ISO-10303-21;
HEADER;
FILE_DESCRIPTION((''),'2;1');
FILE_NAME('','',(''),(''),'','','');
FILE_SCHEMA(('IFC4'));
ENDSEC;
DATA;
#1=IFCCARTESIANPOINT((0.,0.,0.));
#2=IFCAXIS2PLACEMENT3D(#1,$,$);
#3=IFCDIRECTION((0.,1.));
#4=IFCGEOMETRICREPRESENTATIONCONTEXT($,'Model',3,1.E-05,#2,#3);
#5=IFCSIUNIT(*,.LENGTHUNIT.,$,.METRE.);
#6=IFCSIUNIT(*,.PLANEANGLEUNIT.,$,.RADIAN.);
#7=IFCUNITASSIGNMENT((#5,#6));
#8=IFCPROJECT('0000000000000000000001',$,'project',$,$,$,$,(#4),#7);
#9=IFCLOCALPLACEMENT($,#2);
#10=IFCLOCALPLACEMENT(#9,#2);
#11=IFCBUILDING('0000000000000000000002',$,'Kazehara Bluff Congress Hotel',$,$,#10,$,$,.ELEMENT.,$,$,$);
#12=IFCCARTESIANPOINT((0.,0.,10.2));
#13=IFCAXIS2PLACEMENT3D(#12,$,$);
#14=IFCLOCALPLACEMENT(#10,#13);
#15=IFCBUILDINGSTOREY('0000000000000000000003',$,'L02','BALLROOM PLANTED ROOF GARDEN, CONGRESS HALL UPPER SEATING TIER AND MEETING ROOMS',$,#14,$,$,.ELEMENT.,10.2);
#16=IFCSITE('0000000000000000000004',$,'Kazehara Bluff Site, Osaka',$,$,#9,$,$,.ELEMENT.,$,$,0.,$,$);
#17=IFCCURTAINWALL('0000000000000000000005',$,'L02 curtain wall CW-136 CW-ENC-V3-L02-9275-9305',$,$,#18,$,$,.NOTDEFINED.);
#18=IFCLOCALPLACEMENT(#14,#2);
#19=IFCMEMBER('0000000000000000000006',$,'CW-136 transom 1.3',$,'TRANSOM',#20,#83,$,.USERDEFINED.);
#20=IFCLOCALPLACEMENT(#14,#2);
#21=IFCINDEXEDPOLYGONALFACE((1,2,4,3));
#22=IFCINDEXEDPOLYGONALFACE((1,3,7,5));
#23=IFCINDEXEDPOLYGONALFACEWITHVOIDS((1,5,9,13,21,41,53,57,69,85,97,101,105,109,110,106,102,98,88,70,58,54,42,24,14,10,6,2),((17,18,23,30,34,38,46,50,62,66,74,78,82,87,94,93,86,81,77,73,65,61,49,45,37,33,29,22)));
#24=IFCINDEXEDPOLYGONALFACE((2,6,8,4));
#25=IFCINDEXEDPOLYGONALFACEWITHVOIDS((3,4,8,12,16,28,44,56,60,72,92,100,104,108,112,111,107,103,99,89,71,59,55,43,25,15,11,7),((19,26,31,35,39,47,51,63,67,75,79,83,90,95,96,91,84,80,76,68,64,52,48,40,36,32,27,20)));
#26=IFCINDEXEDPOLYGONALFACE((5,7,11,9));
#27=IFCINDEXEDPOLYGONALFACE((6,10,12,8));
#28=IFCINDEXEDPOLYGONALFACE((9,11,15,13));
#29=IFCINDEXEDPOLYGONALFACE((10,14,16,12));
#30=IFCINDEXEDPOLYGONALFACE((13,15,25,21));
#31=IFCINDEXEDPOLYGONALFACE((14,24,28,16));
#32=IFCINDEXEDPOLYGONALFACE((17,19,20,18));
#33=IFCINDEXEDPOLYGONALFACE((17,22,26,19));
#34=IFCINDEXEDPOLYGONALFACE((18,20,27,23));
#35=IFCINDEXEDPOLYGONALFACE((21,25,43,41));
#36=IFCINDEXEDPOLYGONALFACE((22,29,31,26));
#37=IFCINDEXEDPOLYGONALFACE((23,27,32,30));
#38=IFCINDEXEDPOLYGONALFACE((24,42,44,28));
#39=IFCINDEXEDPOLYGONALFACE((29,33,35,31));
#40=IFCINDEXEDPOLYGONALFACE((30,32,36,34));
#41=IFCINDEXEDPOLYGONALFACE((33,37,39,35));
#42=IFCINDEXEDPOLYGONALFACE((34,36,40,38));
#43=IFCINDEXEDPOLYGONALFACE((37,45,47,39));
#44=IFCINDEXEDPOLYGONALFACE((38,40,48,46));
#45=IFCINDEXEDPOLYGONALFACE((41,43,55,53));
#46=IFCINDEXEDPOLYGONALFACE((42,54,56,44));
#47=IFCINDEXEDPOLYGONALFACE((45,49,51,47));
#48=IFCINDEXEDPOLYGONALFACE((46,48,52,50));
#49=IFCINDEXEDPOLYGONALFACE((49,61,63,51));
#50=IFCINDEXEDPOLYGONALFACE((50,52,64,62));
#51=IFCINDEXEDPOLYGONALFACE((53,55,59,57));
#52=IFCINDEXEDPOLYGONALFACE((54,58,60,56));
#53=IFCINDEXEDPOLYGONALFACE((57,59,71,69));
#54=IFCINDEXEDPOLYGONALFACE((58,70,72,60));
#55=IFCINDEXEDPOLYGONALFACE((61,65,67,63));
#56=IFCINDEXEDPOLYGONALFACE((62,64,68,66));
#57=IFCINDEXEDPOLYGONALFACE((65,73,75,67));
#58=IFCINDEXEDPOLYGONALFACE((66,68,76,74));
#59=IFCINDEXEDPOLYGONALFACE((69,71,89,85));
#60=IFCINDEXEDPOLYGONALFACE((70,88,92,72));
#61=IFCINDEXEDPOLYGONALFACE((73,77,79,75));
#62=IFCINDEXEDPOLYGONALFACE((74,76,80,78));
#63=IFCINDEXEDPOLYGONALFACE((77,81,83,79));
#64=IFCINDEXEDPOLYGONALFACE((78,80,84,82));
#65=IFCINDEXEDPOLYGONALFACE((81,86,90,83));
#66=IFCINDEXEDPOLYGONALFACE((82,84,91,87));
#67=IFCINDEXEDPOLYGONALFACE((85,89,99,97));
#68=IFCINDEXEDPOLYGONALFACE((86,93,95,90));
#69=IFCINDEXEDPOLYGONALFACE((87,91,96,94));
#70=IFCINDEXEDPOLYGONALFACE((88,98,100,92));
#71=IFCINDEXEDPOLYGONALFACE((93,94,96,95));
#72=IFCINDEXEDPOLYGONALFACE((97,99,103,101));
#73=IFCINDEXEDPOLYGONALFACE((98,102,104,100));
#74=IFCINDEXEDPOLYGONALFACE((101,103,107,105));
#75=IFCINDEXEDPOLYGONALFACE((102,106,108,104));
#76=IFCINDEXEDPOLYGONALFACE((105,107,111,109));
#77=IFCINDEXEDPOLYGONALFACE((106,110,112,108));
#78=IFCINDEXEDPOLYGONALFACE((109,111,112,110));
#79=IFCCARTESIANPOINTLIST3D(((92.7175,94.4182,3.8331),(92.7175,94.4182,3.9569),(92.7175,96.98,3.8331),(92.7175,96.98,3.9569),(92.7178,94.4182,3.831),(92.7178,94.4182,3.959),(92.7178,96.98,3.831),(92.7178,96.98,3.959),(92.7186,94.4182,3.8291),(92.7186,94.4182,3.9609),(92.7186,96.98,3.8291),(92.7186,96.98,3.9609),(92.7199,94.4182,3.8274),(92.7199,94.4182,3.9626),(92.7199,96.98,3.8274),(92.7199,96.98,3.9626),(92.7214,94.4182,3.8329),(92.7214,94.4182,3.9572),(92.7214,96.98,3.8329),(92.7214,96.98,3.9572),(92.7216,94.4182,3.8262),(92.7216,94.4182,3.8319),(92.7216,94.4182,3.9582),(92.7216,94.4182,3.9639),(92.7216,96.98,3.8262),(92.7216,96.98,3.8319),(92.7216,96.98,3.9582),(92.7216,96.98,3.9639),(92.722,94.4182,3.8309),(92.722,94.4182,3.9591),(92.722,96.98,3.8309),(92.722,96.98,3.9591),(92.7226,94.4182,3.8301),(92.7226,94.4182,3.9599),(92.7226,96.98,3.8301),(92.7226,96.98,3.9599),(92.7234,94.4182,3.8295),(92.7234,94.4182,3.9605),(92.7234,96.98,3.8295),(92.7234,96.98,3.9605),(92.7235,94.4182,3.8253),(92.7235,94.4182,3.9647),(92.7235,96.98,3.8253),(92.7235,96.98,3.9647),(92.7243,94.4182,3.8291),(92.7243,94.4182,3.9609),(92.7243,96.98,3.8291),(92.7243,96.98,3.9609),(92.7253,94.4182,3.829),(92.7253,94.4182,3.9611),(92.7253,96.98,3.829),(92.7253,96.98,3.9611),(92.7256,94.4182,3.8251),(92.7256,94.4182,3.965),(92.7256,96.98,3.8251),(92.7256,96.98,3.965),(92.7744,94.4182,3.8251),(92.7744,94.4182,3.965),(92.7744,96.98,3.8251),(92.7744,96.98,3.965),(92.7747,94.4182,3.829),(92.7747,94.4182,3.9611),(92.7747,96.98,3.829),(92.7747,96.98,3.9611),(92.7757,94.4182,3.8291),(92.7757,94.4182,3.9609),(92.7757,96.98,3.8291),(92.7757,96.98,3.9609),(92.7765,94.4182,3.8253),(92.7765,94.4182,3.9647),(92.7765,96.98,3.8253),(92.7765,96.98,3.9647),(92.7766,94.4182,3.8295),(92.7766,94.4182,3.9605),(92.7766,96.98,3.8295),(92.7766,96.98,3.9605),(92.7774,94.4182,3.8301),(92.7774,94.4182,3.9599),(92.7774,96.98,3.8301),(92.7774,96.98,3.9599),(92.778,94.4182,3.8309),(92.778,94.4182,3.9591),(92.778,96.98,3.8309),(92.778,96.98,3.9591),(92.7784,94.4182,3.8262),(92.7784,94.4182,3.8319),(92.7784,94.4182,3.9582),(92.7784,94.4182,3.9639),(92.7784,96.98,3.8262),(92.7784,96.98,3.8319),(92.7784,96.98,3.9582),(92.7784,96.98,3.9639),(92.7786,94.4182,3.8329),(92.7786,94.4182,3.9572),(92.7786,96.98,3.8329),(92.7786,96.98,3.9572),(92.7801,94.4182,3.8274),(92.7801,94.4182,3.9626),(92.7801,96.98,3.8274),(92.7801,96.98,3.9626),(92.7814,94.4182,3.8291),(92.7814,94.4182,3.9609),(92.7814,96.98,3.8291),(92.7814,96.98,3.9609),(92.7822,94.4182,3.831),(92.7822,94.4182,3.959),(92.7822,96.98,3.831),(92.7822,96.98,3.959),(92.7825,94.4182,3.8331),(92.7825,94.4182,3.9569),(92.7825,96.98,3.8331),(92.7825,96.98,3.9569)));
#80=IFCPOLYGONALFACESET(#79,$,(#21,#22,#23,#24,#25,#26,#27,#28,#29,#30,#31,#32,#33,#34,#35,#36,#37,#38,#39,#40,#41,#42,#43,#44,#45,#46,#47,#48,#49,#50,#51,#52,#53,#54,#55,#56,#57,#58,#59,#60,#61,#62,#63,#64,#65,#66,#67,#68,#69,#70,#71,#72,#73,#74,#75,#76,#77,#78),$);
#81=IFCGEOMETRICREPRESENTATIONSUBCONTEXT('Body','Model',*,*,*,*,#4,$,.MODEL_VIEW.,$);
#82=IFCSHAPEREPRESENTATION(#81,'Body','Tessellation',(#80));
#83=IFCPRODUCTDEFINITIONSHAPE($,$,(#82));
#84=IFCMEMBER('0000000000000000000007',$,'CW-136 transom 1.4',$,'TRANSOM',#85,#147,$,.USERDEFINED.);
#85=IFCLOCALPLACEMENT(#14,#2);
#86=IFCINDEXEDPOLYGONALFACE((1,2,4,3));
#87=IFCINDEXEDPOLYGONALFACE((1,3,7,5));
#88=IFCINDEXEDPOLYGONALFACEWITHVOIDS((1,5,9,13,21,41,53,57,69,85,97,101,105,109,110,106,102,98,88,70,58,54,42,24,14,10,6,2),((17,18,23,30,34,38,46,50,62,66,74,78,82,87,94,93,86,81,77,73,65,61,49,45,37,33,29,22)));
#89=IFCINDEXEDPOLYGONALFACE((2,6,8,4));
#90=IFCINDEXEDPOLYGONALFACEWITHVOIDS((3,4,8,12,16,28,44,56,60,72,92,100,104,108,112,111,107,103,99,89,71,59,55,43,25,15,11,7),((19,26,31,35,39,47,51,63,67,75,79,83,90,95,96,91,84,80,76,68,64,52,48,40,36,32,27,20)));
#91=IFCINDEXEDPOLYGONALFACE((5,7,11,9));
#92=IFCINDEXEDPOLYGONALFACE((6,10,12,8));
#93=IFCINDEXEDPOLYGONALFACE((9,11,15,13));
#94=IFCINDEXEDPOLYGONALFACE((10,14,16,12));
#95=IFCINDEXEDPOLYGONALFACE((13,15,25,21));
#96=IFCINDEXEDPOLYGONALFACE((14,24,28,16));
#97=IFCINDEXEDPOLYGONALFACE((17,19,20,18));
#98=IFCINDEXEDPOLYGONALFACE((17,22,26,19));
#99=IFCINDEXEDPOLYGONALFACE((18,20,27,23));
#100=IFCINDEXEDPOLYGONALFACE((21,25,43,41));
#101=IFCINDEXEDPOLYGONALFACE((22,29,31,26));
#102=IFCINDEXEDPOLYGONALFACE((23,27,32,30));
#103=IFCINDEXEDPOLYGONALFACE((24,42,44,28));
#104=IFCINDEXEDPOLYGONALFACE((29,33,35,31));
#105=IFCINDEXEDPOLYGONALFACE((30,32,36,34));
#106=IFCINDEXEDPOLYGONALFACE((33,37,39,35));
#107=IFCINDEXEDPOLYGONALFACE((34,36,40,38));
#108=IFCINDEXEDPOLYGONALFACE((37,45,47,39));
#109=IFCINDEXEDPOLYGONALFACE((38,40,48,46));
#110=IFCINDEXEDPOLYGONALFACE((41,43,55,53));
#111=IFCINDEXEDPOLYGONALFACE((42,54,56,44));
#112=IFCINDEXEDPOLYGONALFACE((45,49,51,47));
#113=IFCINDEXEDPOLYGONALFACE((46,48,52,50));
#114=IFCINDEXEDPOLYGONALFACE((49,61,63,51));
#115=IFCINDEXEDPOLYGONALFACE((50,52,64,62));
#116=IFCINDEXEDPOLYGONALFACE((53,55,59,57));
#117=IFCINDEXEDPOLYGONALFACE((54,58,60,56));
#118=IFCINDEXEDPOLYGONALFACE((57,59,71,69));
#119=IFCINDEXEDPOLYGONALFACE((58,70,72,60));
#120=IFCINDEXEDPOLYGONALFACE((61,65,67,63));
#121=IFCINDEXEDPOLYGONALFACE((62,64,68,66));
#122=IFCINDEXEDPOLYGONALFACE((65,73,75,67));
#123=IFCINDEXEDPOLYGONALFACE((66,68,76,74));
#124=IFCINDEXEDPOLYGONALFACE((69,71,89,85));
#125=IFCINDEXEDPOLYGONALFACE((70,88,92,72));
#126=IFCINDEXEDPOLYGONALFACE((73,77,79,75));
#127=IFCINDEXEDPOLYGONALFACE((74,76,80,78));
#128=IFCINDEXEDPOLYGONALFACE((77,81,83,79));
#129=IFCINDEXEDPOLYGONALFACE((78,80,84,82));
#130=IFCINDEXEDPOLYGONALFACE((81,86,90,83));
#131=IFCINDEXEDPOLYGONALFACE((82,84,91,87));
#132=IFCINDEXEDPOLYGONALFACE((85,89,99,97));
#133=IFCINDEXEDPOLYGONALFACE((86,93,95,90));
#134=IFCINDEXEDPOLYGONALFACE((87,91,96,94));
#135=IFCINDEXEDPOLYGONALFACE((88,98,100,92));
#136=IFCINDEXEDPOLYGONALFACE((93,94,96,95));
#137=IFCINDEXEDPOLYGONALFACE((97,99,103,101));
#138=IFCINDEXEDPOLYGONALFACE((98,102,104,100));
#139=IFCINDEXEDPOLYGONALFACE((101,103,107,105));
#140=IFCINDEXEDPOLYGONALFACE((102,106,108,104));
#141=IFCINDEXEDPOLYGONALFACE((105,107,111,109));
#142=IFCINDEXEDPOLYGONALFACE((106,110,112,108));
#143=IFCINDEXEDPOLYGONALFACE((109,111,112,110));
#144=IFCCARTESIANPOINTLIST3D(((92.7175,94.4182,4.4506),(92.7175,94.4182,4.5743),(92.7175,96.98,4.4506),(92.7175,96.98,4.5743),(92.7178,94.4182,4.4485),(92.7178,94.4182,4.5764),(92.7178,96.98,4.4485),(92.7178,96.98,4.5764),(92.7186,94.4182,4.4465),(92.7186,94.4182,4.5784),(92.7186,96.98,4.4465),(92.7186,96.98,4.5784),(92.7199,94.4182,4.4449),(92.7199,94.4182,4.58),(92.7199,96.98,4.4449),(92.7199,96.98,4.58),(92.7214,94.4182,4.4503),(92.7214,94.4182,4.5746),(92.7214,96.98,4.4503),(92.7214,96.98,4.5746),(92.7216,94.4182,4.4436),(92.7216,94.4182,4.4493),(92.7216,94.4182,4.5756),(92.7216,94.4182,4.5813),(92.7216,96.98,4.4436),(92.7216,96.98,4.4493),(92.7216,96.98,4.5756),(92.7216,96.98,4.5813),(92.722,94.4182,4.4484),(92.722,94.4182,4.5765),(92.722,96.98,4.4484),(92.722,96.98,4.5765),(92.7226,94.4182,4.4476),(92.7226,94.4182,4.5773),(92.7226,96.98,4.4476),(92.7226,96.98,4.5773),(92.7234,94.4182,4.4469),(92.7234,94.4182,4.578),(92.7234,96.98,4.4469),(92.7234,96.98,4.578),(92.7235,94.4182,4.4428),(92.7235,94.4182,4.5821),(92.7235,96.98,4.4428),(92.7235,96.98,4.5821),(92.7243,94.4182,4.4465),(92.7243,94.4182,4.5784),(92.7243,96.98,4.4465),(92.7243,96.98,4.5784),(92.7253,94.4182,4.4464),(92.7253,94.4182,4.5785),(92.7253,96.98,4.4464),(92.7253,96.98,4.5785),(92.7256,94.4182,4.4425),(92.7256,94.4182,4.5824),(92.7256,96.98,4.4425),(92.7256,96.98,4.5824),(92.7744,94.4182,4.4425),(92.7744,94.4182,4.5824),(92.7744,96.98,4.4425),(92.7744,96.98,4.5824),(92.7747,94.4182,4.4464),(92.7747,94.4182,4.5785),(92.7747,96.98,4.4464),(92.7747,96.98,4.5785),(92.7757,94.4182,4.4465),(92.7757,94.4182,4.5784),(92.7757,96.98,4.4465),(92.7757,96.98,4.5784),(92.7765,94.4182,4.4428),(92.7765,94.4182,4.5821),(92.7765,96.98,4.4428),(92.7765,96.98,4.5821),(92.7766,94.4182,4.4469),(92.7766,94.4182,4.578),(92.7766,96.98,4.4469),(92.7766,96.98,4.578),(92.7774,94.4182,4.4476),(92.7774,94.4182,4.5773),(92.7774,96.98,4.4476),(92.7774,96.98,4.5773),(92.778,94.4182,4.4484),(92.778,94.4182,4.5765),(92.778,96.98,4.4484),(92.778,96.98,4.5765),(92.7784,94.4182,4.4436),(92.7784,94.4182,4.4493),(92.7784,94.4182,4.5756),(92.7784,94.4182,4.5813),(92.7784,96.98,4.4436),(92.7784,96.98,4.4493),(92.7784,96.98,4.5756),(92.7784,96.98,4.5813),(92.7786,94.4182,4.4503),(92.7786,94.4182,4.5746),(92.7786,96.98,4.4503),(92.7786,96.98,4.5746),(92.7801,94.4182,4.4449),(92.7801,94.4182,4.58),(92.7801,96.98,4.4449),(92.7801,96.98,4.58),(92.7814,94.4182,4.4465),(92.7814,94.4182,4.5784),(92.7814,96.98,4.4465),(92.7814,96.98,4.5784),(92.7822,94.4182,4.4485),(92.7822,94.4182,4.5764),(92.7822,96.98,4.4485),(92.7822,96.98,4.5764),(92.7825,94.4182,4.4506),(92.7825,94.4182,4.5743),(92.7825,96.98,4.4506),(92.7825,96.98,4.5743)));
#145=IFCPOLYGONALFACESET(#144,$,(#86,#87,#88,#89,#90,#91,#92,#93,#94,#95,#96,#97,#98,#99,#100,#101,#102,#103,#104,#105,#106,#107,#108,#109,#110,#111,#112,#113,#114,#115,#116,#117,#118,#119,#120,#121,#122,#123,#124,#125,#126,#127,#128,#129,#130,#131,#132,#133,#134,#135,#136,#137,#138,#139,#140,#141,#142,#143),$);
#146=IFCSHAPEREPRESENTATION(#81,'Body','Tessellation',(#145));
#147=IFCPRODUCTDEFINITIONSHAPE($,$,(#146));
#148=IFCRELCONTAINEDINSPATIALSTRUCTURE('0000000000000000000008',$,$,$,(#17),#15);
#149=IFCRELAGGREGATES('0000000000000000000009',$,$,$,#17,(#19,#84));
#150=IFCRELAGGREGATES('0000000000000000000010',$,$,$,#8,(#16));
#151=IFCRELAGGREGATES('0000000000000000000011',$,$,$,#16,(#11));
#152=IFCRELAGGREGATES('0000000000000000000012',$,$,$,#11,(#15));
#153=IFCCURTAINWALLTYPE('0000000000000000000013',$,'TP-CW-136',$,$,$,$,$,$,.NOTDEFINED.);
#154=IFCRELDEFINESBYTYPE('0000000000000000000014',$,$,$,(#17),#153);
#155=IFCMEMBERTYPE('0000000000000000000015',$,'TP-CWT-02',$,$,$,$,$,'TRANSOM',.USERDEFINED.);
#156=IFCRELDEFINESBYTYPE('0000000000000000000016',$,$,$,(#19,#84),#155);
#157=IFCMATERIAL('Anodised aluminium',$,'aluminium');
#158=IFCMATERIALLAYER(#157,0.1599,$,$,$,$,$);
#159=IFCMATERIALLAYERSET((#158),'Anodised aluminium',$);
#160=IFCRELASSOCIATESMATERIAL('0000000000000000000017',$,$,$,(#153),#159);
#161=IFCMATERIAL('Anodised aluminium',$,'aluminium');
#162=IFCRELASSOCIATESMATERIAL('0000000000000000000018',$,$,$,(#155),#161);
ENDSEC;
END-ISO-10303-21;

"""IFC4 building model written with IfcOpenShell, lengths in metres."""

from ifc_helpers import new_model, si_unit, direction, frame, origin, origin_2d, place, context, subcontext, project, spatial, hollow_rectangle, extrude, material, layer, layer_set, material_profile, profile_set, type_object, element, aggregate, save


model = new_model("IFC4")

# Units and contexts
model_context = context("Model", 3, precision=1e-05, world=origin(), true_north=direction((0.0, 1.0)))
body_context = subcontext(model_context, "Body", "Model", "MODEL_VIEW")
ifc_project = project(units=[si_unit("LENGTHUNIT", "METRE"), si_unit("PLANEANGLEUNIT", "RADIAN")], contexts=[model_context])

# Site, building, storey
site_placement = place(None, origin())
site = spatial("IfcSite", under=ifc_project, at=site_placement, Name="Kazehara Bluff Site, Osaka", CompositionType="ELEMENT", RefElevation=0.0)
building_placement = place(site_placement, origin())
building = spatial("IfcBuilding", under=site, at=building_placement, Name="Kazehara Bluff Congress Hotel", CompositionType="ELEMENT")
storey_placement = place(building_placement, frame((0.0, 0.0, 10.2)))
storey = spatial("IfcBuildingStorey", under=building, at=storey_placement, Name="L02", Description="BALLROOM PLANTED ROOF GARDEN, CONGRESS HALL UPPER SEATING TIER AND MEETING ROOMS", CompositionType="ELEMENT", Elevation=10.2)

# Curtain wall
ifc_material_1 = material(Name="Anodised aluminium", Category="aluminium")
ifc_layer_1 = layer(ifc_material_1, 0.1599)
ifc_layer_set_1 = layer_set([ifc_layer_1], Name="Anodised aluminium")
curtain_wall_type_1 = type_object("IfcCurtainWallType", Name="TP-CW-136", PredefinedType="NOTDEFINED", material=ifc_layer_set_1)
curtain_wall_1_placement = place(storey_placement, origin())
curtain_wall_1 = element("IfcCurtainWall", 1, at=curtain_wall_1_placement, inside=storey, type_object=curtain_wall_type_1, Name="L02 curtain wall CW-136 CW-ENC-V3-L02-9275-9305", PredefinedType="NOTDEFINED")

# Members
ifc_material_2 = material(Name="Anodised aluminium", Category="aluminium")
ifc_material_profile_1 = material_profile(ifc_material_2, hollow_rectangle(XDim=0.0649, YDim=0.1399, WallThickness=0.0039, InnerFilletRadius=0.0039, OuterFilletRadius=0.0081, at=origin_2d()))
ifc_profile_set_1 = profile_set([ifc_material_profile_1], Name="Anodised aluminium")
member_type_1 = type_object("IfcMemberType", Name="TP-CWT-02", ElementType="TRANSOM", PredefinedType="USERDEFINED", material=ifc_profile_set_1)
member_1_placement = place(storey_placement, frame((92.75, 96.98, 3.895), z_axis=(0.0, -1.0, 0.0), x_axis=(1.0, 0.0, 0.0)))
member_1 = element("IfcMember", 2, at=member_1_placement, type_object=member_type_1, Name="CW-136 transom 1.3", ObjectType="TRANSOM", PredefinedType="USERDEFINED", context=body_context, shape_type="SweptSolid", body=[
    extrude(hollow_rectangle(XDim=0.0649, YDim=0.1399, WallThickness=0.0039, InnerFilletRadius=0.0039, OuterFilletRadius=0.0081, at=origin_2d()), origin(), (0.0, 0.0, 1.0), 2.5618),
])
member_2_placement = place(storey_placement, frame((92.75, 96.98, 4.5125), z_axis=(0.0, -1.0, 0.0), x_axis=(1.0, 0.0, 0.0)))
member_2 = element("IfcMember", 3, at=member_2_placement, type_object=member_type_1, Name="CW-136 transom 1.4", ObjectType="TRANSOM", PredefinedType="USERDEFINED", context=body_context, shape_type="SweptSolid", body=[
    extrude(hollow_rectangle(XDim=0.0649, YDim=0.1399, WallThickness=0.0039, InnerFilletRadius=0.0039, OuterFilletRadius=0.0081, at=origin_2d()), origin(), (0.0, 0.0, 1.0), 2.5618),
])

aggregate(curtain_wall_1, [member_1, member_2])

save(model, "model.ifc")
